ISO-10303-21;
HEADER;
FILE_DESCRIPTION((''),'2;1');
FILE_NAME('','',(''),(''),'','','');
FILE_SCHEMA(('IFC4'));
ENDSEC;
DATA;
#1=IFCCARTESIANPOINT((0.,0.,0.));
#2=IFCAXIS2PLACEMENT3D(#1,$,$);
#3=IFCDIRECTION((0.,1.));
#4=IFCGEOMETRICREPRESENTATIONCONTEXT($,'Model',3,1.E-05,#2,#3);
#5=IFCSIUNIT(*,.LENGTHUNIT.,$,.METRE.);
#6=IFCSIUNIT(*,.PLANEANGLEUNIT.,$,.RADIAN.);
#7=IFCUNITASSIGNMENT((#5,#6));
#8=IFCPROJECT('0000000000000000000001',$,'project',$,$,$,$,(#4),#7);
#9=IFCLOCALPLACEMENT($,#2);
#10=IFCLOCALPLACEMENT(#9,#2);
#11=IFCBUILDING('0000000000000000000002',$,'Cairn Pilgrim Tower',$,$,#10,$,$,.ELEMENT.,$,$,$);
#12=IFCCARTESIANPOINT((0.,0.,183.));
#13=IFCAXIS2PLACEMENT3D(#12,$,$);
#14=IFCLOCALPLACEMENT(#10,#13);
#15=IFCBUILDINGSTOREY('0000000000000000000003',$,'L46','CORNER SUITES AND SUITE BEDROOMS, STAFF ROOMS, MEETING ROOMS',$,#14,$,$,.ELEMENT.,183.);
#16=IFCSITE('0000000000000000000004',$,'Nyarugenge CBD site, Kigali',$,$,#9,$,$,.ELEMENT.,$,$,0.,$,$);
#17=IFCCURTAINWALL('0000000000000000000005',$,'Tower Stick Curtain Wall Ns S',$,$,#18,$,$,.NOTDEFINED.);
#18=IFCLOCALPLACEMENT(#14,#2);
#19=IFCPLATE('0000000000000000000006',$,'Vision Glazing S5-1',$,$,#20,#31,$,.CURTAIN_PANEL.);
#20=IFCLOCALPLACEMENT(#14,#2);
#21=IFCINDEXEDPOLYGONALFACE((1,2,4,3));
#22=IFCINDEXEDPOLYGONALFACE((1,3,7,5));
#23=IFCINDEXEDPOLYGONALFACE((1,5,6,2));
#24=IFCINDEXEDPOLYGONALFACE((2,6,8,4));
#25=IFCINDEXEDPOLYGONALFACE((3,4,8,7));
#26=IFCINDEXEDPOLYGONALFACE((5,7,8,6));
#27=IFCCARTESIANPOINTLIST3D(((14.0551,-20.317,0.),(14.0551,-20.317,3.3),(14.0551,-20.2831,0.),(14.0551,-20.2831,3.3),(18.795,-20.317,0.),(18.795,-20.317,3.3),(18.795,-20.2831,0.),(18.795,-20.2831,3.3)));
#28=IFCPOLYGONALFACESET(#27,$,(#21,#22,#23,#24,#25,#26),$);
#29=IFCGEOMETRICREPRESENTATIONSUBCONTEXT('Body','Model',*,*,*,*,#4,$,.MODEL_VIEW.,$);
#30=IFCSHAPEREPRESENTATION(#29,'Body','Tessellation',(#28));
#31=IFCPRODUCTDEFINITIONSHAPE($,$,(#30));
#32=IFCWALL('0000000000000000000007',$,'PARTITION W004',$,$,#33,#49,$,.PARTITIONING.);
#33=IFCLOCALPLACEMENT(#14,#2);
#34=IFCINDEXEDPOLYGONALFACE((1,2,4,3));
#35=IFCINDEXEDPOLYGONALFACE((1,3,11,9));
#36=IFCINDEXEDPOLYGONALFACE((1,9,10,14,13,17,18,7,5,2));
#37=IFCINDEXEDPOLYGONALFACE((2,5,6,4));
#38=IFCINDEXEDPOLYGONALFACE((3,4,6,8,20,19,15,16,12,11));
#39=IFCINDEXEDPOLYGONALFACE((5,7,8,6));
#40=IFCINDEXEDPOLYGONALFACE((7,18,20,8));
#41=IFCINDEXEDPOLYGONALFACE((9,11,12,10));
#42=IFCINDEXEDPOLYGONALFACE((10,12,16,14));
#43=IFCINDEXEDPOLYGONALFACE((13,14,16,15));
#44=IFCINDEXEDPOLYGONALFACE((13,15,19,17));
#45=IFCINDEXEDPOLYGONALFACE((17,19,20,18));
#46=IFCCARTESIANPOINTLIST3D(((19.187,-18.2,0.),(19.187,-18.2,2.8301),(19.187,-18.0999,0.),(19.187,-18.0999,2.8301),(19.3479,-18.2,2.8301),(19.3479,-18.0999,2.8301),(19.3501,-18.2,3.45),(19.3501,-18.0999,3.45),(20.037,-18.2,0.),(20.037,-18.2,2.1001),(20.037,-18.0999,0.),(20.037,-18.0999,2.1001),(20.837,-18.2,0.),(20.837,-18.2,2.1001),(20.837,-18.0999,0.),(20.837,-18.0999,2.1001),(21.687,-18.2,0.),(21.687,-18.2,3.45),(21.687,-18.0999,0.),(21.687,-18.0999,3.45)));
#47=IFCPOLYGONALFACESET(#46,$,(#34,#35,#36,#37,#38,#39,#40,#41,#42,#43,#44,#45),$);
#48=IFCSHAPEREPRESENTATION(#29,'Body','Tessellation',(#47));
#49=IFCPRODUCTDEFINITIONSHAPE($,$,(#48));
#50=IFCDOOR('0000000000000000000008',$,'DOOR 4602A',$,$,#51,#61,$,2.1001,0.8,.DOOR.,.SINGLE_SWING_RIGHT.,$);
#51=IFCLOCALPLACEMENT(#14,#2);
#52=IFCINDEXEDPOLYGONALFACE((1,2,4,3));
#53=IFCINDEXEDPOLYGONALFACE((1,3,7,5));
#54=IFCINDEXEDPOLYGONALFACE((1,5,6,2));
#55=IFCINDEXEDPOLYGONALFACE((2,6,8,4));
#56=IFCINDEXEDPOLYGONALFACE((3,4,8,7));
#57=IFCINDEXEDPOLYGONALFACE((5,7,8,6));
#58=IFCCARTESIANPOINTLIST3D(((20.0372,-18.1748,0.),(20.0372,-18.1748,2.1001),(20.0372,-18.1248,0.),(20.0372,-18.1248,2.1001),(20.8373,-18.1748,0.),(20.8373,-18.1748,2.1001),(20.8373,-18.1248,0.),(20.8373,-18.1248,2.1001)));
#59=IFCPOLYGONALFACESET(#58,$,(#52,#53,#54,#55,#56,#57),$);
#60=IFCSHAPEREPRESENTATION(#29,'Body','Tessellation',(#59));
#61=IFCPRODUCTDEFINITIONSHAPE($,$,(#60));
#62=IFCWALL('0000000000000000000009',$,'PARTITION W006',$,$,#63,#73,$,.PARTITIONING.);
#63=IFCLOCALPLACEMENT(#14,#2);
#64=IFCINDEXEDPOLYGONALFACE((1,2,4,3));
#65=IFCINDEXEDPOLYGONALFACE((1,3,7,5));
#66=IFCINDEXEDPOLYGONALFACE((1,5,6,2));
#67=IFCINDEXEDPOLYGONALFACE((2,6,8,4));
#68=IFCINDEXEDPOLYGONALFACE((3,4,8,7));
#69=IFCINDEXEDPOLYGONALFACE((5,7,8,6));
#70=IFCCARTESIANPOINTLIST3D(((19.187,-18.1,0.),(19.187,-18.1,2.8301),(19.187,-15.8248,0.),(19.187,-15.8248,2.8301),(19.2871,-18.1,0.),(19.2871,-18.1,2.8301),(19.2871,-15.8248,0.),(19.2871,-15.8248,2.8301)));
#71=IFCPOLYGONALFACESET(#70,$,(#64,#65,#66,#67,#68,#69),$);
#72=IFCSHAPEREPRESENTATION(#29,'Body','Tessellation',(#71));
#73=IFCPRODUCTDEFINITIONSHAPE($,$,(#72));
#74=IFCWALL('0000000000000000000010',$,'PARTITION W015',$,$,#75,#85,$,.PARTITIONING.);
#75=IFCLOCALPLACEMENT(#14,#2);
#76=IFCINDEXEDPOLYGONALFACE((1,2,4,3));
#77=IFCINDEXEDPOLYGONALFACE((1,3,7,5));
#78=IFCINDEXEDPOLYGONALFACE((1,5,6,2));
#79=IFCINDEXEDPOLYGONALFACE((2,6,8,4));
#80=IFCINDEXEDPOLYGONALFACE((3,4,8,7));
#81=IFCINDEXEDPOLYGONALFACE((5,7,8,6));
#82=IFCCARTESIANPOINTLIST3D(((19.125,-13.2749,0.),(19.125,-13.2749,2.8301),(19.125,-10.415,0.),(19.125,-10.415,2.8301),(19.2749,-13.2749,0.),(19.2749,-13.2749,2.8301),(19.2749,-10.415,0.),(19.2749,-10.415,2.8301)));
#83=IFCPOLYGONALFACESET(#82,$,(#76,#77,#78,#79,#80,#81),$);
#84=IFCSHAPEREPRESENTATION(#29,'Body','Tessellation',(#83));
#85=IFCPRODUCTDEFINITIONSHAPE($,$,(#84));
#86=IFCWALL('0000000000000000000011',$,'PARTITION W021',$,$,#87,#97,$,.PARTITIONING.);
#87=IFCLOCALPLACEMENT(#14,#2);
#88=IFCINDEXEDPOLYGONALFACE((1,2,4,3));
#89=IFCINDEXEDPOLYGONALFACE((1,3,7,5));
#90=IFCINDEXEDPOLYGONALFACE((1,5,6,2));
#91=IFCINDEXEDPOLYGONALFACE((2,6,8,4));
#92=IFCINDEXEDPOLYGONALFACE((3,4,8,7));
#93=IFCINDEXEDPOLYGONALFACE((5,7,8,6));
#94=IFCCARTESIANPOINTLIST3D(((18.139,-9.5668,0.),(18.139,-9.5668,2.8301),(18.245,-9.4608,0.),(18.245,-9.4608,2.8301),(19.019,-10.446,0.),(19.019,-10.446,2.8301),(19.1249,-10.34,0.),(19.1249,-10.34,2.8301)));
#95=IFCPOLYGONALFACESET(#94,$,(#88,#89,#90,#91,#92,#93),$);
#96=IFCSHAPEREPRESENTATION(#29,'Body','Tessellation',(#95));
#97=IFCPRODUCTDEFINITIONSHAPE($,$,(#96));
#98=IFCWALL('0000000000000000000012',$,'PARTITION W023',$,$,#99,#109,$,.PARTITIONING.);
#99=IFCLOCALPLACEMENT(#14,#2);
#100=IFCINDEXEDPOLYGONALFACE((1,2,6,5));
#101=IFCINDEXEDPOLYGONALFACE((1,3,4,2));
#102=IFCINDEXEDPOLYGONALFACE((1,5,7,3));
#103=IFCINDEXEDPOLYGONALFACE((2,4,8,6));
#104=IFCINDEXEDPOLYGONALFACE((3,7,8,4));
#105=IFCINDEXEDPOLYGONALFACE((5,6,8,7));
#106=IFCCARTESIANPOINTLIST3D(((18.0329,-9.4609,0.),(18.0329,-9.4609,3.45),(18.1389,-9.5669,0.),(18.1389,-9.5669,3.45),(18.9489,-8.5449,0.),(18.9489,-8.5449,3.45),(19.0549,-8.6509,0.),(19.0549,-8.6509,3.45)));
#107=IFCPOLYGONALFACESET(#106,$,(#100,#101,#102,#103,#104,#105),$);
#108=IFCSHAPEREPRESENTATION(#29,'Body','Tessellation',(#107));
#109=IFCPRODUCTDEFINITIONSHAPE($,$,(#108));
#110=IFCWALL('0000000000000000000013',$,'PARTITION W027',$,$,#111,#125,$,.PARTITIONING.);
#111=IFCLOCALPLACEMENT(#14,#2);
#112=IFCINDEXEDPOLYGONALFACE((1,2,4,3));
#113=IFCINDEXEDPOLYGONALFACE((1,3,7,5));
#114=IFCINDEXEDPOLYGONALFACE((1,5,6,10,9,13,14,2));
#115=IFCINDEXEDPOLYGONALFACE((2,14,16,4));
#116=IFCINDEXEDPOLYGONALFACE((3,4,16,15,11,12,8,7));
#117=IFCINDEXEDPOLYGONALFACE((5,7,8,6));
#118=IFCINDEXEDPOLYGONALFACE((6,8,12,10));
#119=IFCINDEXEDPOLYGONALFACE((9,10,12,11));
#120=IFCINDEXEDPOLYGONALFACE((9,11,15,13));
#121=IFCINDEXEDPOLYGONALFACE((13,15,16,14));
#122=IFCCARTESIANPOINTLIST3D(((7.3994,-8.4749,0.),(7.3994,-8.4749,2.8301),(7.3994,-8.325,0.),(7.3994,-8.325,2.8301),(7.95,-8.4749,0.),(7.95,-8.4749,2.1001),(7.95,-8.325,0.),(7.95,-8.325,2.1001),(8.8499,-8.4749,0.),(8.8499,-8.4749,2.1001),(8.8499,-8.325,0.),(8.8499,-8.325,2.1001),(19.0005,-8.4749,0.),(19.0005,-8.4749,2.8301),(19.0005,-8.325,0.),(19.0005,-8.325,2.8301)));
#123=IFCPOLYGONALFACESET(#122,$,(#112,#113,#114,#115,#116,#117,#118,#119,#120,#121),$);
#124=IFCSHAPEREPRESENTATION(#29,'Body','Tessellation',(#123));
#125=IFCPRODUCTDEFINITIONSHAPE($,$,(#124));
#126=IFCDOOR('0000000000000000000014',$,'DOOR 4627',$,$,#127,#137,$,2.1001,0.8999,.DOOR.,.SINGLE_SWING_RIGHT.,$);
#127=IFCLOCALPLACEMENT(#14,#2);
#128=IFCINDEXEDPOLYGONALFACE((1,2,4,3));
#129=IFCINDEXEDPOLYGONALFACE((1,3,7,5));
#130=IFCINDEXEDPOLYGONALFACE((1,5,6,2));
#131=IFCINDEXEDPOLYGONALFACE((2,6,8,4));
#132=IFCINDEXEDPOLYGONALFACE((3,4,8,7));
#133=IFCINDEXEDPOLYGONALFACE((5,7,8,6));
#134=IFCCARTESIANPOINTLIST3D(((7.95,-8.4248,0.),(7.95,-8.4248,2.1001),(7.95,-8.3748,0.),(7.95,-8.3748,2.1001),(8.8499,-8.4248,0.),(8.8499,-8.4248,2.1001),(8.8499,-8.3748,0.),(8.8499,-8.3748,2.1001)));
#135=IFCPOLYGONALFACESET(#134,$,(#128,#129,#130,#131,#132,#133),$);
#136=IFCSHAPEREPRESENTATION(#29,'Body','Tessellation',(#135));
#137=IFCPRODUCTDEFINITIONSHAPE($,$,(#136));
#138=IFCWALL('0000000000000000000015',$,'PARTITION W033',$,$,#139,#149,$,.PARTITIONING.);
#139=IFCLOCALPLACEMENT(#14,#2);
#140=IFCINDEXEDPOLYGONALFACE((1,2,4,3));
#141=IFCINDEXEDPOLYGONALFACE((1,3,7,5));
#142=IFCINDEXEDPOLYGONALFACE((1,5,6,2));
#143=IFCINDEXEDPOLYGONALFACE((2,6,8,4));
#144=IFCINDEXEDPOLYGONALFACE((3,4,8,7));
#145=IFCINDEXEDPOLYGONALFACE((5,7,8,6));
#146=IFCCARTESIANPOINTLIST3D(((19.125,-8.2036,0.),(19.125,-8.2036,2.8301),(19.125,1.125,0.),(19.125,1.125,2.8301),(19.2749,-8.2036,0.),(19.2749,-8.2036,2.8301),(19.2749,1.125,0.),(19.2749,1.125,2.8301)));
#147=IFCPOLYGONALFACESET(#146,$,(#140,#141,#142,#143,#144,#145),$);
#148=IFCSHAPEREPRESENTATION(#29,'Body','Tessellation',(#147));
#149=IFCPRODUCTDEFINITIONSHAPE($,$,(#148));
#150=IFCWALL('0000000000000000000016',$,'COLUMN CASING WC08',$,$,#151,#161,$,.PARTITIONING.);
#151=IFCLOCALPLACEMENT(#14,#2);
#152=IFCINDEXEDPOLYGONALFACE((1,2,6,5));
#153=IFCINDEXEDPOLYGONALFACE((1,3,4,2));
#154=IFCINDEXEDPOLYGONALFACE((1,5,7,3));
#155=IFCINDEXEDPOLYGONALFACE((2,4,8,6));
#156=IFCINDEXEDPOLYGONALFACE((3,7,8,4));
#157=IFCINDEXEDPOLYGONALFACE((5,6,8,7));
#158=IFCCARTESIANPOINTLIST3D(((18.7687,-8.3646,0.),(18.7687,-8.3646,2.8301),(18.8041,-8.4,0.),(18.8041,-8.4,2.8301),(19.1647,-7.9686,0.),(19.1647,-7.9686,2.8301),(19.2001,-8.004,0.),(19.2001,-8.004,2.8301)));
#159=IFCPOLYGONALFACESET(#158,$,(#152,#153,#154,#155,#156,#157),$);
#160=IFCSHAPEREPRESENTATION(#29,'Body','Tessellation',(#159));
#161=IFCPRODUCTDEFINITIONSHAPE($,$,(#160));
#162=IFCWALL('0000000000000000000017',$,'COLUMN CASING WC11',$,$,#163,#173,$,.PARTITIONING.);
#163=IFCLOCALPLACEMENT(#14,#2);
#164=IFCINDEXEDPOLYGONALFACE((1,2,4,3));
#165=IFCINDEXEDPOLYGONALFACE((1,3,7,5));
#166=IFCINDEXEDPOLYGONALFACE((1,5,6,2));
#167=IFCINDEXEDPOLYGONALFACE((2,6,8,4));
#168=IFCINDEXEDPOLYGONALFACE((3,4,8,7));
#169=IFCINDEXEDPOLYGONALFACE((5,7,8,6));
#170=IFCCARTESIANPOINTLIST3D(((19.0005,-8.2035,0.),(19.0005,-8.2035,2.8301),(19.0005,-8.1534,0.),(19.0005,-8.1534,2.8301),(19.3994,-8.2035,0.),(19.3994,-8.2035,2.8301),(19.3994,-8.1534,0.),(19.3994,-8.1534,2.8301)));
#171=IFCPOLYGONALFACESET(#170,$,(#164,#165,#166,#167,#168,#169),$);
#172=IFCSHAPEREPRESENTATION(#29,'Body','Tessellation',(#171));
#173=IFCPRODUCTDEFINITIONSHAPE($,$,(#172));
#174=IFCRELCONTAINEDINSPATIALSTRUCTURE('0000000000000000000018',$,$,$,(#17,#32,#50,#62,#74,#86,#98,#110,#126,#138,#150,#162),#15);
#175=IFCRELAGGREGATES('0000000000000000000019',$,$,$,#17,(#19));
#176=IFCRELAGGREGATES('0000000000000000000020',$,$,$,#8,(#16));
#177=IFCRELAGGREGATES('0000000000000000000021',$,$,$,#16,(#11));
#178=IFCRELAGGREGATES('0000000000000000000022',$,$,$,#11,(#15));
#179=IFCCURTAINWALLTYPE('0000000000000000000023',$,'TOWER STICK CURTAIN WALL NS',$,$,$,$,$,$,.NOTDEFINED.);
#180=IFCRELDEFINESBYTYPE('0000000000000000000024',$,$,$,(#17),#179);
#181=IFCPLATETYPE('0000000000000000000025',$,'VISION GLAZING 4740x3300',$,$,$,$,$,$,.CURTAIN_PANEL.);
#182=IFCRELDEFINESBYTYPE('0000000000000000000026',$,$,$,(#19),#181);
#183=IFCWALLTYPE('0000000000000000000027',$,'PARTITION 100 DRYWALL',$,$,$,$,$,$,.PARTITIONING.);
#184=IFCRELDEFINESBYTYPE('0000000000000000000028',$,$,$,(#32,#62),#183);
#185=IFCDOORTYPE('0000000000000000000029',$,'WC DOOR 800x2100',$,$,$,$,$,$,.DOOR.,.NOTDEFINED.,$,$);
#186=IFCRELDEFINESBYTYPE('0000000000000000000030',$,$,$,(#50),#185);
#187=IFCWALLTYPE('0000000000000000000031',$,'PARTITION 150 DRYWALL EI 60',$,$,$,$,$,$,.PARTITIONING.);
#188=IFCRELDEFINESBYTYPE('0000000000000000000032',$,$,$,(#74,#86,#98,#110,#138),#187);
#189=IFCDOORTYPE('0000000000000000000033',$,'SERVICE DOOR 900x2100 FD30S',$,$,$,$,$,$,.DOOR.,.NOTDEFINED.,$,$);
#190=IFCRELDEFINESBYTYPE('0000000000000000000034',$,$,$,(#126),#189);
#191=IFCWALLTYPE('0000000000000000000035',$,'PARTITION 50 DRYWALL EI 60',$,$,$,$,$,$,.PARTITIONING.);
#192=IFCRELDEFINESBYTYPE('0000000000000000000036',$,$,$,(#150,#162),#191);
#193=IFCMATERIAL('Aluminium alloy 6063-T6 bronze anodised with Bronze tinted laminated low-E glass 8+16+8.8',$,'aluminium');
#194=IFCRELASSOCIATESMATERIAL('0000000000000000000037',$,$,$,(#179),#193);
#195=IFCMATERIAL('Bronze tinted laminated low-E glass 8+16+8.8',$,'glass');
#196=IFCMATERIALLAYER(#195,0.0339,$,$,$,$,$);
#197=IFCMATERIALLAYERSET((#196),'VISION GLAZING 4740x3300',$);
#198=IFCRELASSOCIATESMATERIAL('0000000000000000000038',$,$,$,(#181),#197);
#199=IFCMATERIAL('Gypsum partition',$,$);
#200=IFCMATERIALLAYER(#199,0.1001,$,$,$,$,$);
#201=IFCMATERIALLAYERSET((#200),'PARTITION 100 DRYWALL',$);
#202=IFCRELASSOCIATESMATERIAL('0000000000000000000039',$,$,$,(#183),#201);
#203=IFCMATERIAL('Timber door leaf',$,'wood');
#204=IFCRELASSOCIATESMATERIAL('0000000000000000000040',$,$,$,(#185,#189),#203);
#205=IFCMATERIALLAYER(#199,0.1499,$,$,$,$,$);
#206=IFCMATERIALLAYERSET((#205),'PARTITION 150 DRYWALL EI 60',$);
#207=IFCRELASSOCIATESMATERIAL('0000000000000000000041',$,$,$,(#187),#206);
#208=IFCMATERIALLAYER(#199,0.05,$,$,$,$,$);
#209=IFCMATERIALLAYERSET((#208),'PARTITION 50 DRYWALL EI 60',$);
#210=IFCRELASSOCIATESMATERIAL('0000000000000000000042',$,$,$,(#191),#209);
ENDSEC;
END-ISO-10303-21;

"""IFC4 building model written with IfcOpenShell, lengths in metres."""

from ifc_helpers import new_model, si_unit, direction, frame, frame_2d, origin, origin_2d, place, context, subcontext, project, spatial, polyline, rectangle, outline, extrude, material, layer, layer_set, type_object, element, fill, aggregate, save


model = new_model("IFC4")

# Units and contexts
model_context = context("Model", 3, precision=1e-05, world=origin(), true_north=direction((0.0, 1.0)))
body_context = subcontext(model_context, "Body", "Model", "MODEL_VIEW")
ifc_project = project(units=[si_unit("LENGTHUNIT", "METRE"), si_unit("PLANEANGLEUNIT", "RADIAN")], contexts=[model_context])

# Site, building, storey
site_placement = place(None, origin())
site = spatial("IfcSite", under=ifc_project, at=site_placement, Name="Nyarugenge CBD site, Kigali", CompositionType="ELEMENT", RefElevation=0.0)
building_placement = place(site_placement, origin())
building = spatial("IfcBuilding", under=site, at=building_placement, Name="Cairn Pilgrim Tower", CompositionType="ELEMENT")
storey_placement = place(building_placement, frame((0.0, 0.0, 183.0)))
storey = spatial("IfcBuildingStorey", under=building, at=storey_placement, Name="L46", Description="CORNER SUITES AND SUITE BEDROOMS, STAFF ROOMS, MEETING ROOMS", CompositionType="ELEMENT", Elevation=183.0)

# Curtain wall
ifc_material_1 = material(Name="Aluminium alloy 6063-T6 bronze anodised with Bronze tinted laminated low-E glass 8+16+8.8", Category="aluminium")
curtain_wall_type = type_object("IfcCurtainWallType", Name="TOWER STICK CURTAIN WALL NS", PredefinedType="NOTDEFINED", material=ifc_material_1)
curtain_wall_placement = place(storey_placement, origin())
curtain_wall = element("IfcCurtainWall", 1, at=curtain_wall_placement, inside=storey, type_object=curtain_wall_type, Name="Tower Stick Curtain Wall Ns S", PredefinedType="NOTDEFINED")

# Plate
ifc_material_2 = material(Name="Bronze tinted laminated low-E glass 8+16+8.8", Category="glass")
ifc_layer_1 = layer(ifc_material_2, 0.0339)
ifc_layer_set_1 = layer_set([ifc_layer_1], Name="VISION GLAZING 4740x3300")
plate_type = type_object("IfcPlateType", Name="VISION GLAZING 4740x3300", PredefinedType="CURTAIN_PANEL", material=ifc_layer_set_1)
plate_placement = place(storey_placement, frame((16.425, -20.3, 0.0), z_axis=(0.0, 0.0, 1.0), x_axis=(1.0, 0.0, 0.0)))
plate = element("IfcPlate", 2, at=plate_placement, type_object=plate_type, Name="Vision Glazing S5-1", PredefinedType="CURTAIN_PANEL", context=body_context, shape_type="SweptSolid", body=[
    extrude(rectangle(XDim=4.74, YDim=0.0339, at=origin_2d()), origin(), (0.0, 0.0, 1.0), 3.3),
])
aggregate(curtain_wall, [plate])

# Wall, opening, door
ifc_material_3 = material(Name="Gypsum partition")
ifc_layer_2 = layer(ifc_material_3, 0.1001)
ifc_layer_set_2 = layer_set([ifc_layer_2], Name="PARTITION 100 DRYWALL")
wall_type_1 = type_object("IfcWallType", Name="PARTITION 100 DRYWALL", PredefinedType="PARTITIONING", material=ifc_layer_set_2)
wall_1_placement = place(storey_placement, frame((19.187, -18.1499, 0.0), z_axis=(0.0, 0.0, 1.0), x_axis=(1.0, 0.0, 0.0)))
wall_1 = element("IfcWall", 3, at=wall_1_placement, inside=storey, type_object=wall_type_1, Name="PARTITION W004", PredefinedType="PARTITIONING", context=body_context, shape_type="SweptSolid", body=[
    extrude(outline(polyline([(0.0, 0.0), (2.5, 0.0), (2.5, 3.45), (0.1631, 3.45), (0.1609, 2.8301), (0.0, 2.8301), (0.0, 0.0)])), frame((0.0, 0.05, 0.0), z_axis=(0.0, -1.0, 0.0), x_axis=(1.0, 0.0, 0.0)), (0.0, 0.0, 1.0), 0.1001),
])
opening_1_placement = place(wall_1_placement, frame((0.8501, 0.0, 0.0)))
opening_1 = element("IfcOpeningElement", 4, at=opening_1_placement, cuts=wall_1, PredefinedType="OPENING", context=body_context, shape_type="SweptSolid", body=[
    extrude(rectangle(XDim=0.8, YDim=2.1001, at=frame_2d((0.3999, 1.05))), frame((0.0, 0.0601, 0.0), z_axis=(0.0, -1.0, 0.0), x_axis=(1.0, 0.0, 0.0)), (0.0, 0.0, 1.0), 0.1201),
])
ifc_material_4 = material(Name="Timber door leaf", Category="wood")
door_type_1 = type_object("IfcDoorType", Name="WC DOOR 800x2100", OperationType="NOTDEFINED", PredefinedType="DOOR", material=ifc_material_4)
door_1_placement = place(opening_1_placement, frame((0.8, 0.0, 0.0), z_axis=(0.0, 0.0, 1.0), x_axis=(-1.0, 0.0, 0.0)))
door_1 = element("IfcDoor", 5, at=door_1_placement, inside=storey, type_object=door_type_1, Name="DOOR 4602A", OperationType="SINGLE_SWING_RIGHT", OverallHeight=2.1001, OverallWidth=0.8, PredefinedType="DOOR", context=body_context, shape_type="SweptSolid", body=[
    extrude(rectangle(XDim=0.8, YDim=2.1001, at=frame_2d((0.3999, 1.05))), frame((0.0, 0.0249, 0.0), z_axis=(0.0, -1.0, 0.0), x_axis=(1.0, 0.0, 0.0)), (0.0, 0.0, 1.0), 0.05),
])
fill(opening_1, door_1)

# Walls
wall_2_placement = place(storey_placement, frame((19.2371, -18.1001, 0.0), z_axis=(0.0, 0.0, 1.0), x_axis=(0.0, 1.0, 0.0)))
element("IfcWall", 6, at=wall_2_placement, inside=storey, type_object=wall_type_1, Name="PARTITION W006", PredefinedType="PARTITIONING", context=body_context, shape_type="SweptSolid", body=[
    extrude(rectangle(XDim=2.2751, YDim=0.1001, at=frame_2d((1.1377, 0.0))), origin(), (0.0, 0.0, 1.0), 2.8301),
])
ifc_layer_3 = layer(ifc_material_3, 0.1499)
ifc_layer_set_3 = layer_set([ifc_layer_3], Name="PARTITION 150 DRYWALL EI 60")
wall_type_2 = type_object("IfcWallType", Name="PARTITION 150 DRYWALL EI 60", PredefinedType="PARTITIONING", material=ifc_layer_set_3)
wall_3_placement = place(storey_placement, frame((19.2, -13.2749, 0.0), z_axis=(0.0, 0.0, 1.0), x_axis=(0.0, 1.0, 0.0)))
element("IfcWall", 7, at=wall_3_placement, inside=storey, type_object=wall_type_2, Name="PARTITION W015", PredefinedType="PARTITIONING", context=body_context, shape_type="SweptSolid", body=[
    extrude(rectangle(XDim=2.8599, YDim=0.1499, at=frame_2d((1.4299, 0.0))), origin(), (0.0, 0.0, 1.0), 2.8301),
])
wall_4_placement = place(storey_placement, frame((19.072, -10.3931, 0.0), z_axis=(0.0, 0.0, 1.0), x_axis=(-0.707401, 0.706812, 0.0)))
element("IfcWall", 8, at=wall_4_placement, inside=storey, type_object=wall_type_2, Name="PARTITION W021", PredefinedType="PARTITIONING", context=body_context, shape_type="SweptSolid", body=[
    extrude(rectangle(XDim=1.2439, YDim=0.1499, at=frame_2d((0.6221, 0.0))), origin(), (0.0, 0.0, 1.0), 2.8301),
])
wall_5_placement = place(storey_placement, frame((18.0859, -9.5139, 0.0), z_axis=(0.0, 0.0, 1.0), x_axis=(0.707107, 0.707107, 0.0)))
element("IfcWall", 9, at=wall_5_placement, inside=storey, type_object=wall_type_2, Name="PARTITION W023", PredefinedType="PARTITIONING", context=body_context, shape_type="SweptSolid", body=[
    extrude(rectangle(XDim=1.2954, YDim=0.1499, at=frame_2d((0.6477, 0.0))), origin(), (0.0, 0.0, 1.0), 3.45),
])

# Wall, opening, door
wall_6_placement = place(storey_placement, frame((7.3994, -8.3999, 0.0), z_axis=(0.0, 0.0, 1.0), x_axis=(1.0, 0.0, 0.0)))
wall_6 = element("IfcWall", 10, at=wall_6_placement, inside=storey, type_object=wall_type_2, Name="PARTITION W027", PredefinedType="PARTITIONING", context=body_context, shape_type="SweptSolid", body=[
    extrude(rectangle(XDim=11.6011, YDim=0.1499, at=frame_2d((5.8005, 0.0))), origin(), (0.0, 0.0, 1.0), 2.8301),
])
opening_2_placement = place(wall_6_placement, frame((0.5505, 0.0, 0.0)))
opening_2 = element("IfcOpeningElement", 11, at=opening_2_placement, cuts=wall_6, PredefinedType="OPENING", context=body_context, shape_type="SweptSolid", body=[
    extrude(rectangle(XDim=0.8999, YDim=2.1001, at=frame_2d((0.45, 1.05))), frame((0.0, 0.085, 0.0), z_axis=(0.0, -1.0, 0.0), x_axis=(1.0, 0.0, 0.0)), (0.0, 0.0, 1.0), 0.1699),
])
door_type_2 = type_object("IfcDoorType", Name="SERVICE DOOR 900x2100 FD30S", OperationType="NOTDEFINED", PredefinedType="DOOR", material=ifc_material_4)
door_2_placement = place(opening_2_placement, frame((0.8999, 0.0, 0.0), z_axis=(0.0, 0.0, 1.0), x_axis=(-1.0, 0.0, 0.0)))
door_2 = element("IfcDoor", 12, at=door_2_placement, inside=storey, type_object=door_type_2, Name="DOOR 4627", OperationType="SINGLE_SWING_RIGHT", OverallHeight=2.1001, OverallWidth=0.8999, PredefinedType="DOOR", context=body_context, shape_type="SweptSolid", body=[
    extrude(rectangle(XDim=0.8999, YDim=2.1001, at=frame_2d((0.45, 1.05))), frame((0.0, 0.0249, 0.0), z_axis=(0.0, -1.0, 0.0), x_axis=(1.0, 0.0, 0.0)), (0.0, 0.0, 1.0), 0.05),
])
fill(opening_2, door_2)

# Walls
wall_7_placement = place(storey_placement, frame((19.2, -8.2036, 0.0), z_axis=(0.0, 0.0, 1.0), x_axis=(0.0, 1.0, 0.0)))
element("IfcWall", 13, at=wall_7_placement, inside=storey, type_object=wall_type_2, Name="PARTITION W033", PredefinedType="PARTITIONING", context=body_context, shape_type="SweptSolid", body=[
    extrude(rectangle(XDim=9.3286, YDim=0.1499, at=frame_2d((4.6643, 0.0))), origin(), (0.0, 0.0, 1.0), 2.8301),
])
ifc_layer_4 = layer(ifc_material_3, 0.05)
ifc_layer_set_4 = layer_set([ifc_layer_4], Name="PARTITION 50 DRYWALL EI 60")
wall_type_3 = type_object("IfcWallType", Name="PARTITION 50 DRYWALL EI 60", PredefinedType="PARTITIONING", material=ifc_layer_set_4)
wall_8_placement = place(storey_placement, frame((18.7864, -8.3823, 0.0), z_axis=(0.0, 0.0, 1.0), x_axis=(0.707107, 0.707107, 0.0)))
element("IfcWall", 14, at=wall_8_placement, inside=storey, type_object=wall_type_3, Name="COLUMN CASING WC08", PredefinedType="PARTITIONING", context=body_context, shape_type="SweptSolid", body=[
    extrude(rectangle(XDim=0.5601, YDim=0.05, at=frame_2d((0.28, 0.0))), origin(), (0.0, 0.0, 1.0), 2.8301),
])
wall_9_placement = place(storey_placement, frame((19.0005, -8.1785, 0.0), z_axis=(0.0, 0.0, 1.0), x_axis=(1.0, 0.0, 0.0)))
element("IfcWall", 15, at=wall_9_placement, inside=storey, type_object=wall_type_3, Name="COLUMN CASING WC11", PredefinedType="PARTITIONING", context=body_context, shape_type="SweptSolid", body=[
    extrude(rectangle(XDim=0.3989, YDim=0.05, at=frame_2d((0.1995, 0.0))), origin(), (0.0, 0.0, 1.0), 2.8301),
])

save(model, "model.ifc")
